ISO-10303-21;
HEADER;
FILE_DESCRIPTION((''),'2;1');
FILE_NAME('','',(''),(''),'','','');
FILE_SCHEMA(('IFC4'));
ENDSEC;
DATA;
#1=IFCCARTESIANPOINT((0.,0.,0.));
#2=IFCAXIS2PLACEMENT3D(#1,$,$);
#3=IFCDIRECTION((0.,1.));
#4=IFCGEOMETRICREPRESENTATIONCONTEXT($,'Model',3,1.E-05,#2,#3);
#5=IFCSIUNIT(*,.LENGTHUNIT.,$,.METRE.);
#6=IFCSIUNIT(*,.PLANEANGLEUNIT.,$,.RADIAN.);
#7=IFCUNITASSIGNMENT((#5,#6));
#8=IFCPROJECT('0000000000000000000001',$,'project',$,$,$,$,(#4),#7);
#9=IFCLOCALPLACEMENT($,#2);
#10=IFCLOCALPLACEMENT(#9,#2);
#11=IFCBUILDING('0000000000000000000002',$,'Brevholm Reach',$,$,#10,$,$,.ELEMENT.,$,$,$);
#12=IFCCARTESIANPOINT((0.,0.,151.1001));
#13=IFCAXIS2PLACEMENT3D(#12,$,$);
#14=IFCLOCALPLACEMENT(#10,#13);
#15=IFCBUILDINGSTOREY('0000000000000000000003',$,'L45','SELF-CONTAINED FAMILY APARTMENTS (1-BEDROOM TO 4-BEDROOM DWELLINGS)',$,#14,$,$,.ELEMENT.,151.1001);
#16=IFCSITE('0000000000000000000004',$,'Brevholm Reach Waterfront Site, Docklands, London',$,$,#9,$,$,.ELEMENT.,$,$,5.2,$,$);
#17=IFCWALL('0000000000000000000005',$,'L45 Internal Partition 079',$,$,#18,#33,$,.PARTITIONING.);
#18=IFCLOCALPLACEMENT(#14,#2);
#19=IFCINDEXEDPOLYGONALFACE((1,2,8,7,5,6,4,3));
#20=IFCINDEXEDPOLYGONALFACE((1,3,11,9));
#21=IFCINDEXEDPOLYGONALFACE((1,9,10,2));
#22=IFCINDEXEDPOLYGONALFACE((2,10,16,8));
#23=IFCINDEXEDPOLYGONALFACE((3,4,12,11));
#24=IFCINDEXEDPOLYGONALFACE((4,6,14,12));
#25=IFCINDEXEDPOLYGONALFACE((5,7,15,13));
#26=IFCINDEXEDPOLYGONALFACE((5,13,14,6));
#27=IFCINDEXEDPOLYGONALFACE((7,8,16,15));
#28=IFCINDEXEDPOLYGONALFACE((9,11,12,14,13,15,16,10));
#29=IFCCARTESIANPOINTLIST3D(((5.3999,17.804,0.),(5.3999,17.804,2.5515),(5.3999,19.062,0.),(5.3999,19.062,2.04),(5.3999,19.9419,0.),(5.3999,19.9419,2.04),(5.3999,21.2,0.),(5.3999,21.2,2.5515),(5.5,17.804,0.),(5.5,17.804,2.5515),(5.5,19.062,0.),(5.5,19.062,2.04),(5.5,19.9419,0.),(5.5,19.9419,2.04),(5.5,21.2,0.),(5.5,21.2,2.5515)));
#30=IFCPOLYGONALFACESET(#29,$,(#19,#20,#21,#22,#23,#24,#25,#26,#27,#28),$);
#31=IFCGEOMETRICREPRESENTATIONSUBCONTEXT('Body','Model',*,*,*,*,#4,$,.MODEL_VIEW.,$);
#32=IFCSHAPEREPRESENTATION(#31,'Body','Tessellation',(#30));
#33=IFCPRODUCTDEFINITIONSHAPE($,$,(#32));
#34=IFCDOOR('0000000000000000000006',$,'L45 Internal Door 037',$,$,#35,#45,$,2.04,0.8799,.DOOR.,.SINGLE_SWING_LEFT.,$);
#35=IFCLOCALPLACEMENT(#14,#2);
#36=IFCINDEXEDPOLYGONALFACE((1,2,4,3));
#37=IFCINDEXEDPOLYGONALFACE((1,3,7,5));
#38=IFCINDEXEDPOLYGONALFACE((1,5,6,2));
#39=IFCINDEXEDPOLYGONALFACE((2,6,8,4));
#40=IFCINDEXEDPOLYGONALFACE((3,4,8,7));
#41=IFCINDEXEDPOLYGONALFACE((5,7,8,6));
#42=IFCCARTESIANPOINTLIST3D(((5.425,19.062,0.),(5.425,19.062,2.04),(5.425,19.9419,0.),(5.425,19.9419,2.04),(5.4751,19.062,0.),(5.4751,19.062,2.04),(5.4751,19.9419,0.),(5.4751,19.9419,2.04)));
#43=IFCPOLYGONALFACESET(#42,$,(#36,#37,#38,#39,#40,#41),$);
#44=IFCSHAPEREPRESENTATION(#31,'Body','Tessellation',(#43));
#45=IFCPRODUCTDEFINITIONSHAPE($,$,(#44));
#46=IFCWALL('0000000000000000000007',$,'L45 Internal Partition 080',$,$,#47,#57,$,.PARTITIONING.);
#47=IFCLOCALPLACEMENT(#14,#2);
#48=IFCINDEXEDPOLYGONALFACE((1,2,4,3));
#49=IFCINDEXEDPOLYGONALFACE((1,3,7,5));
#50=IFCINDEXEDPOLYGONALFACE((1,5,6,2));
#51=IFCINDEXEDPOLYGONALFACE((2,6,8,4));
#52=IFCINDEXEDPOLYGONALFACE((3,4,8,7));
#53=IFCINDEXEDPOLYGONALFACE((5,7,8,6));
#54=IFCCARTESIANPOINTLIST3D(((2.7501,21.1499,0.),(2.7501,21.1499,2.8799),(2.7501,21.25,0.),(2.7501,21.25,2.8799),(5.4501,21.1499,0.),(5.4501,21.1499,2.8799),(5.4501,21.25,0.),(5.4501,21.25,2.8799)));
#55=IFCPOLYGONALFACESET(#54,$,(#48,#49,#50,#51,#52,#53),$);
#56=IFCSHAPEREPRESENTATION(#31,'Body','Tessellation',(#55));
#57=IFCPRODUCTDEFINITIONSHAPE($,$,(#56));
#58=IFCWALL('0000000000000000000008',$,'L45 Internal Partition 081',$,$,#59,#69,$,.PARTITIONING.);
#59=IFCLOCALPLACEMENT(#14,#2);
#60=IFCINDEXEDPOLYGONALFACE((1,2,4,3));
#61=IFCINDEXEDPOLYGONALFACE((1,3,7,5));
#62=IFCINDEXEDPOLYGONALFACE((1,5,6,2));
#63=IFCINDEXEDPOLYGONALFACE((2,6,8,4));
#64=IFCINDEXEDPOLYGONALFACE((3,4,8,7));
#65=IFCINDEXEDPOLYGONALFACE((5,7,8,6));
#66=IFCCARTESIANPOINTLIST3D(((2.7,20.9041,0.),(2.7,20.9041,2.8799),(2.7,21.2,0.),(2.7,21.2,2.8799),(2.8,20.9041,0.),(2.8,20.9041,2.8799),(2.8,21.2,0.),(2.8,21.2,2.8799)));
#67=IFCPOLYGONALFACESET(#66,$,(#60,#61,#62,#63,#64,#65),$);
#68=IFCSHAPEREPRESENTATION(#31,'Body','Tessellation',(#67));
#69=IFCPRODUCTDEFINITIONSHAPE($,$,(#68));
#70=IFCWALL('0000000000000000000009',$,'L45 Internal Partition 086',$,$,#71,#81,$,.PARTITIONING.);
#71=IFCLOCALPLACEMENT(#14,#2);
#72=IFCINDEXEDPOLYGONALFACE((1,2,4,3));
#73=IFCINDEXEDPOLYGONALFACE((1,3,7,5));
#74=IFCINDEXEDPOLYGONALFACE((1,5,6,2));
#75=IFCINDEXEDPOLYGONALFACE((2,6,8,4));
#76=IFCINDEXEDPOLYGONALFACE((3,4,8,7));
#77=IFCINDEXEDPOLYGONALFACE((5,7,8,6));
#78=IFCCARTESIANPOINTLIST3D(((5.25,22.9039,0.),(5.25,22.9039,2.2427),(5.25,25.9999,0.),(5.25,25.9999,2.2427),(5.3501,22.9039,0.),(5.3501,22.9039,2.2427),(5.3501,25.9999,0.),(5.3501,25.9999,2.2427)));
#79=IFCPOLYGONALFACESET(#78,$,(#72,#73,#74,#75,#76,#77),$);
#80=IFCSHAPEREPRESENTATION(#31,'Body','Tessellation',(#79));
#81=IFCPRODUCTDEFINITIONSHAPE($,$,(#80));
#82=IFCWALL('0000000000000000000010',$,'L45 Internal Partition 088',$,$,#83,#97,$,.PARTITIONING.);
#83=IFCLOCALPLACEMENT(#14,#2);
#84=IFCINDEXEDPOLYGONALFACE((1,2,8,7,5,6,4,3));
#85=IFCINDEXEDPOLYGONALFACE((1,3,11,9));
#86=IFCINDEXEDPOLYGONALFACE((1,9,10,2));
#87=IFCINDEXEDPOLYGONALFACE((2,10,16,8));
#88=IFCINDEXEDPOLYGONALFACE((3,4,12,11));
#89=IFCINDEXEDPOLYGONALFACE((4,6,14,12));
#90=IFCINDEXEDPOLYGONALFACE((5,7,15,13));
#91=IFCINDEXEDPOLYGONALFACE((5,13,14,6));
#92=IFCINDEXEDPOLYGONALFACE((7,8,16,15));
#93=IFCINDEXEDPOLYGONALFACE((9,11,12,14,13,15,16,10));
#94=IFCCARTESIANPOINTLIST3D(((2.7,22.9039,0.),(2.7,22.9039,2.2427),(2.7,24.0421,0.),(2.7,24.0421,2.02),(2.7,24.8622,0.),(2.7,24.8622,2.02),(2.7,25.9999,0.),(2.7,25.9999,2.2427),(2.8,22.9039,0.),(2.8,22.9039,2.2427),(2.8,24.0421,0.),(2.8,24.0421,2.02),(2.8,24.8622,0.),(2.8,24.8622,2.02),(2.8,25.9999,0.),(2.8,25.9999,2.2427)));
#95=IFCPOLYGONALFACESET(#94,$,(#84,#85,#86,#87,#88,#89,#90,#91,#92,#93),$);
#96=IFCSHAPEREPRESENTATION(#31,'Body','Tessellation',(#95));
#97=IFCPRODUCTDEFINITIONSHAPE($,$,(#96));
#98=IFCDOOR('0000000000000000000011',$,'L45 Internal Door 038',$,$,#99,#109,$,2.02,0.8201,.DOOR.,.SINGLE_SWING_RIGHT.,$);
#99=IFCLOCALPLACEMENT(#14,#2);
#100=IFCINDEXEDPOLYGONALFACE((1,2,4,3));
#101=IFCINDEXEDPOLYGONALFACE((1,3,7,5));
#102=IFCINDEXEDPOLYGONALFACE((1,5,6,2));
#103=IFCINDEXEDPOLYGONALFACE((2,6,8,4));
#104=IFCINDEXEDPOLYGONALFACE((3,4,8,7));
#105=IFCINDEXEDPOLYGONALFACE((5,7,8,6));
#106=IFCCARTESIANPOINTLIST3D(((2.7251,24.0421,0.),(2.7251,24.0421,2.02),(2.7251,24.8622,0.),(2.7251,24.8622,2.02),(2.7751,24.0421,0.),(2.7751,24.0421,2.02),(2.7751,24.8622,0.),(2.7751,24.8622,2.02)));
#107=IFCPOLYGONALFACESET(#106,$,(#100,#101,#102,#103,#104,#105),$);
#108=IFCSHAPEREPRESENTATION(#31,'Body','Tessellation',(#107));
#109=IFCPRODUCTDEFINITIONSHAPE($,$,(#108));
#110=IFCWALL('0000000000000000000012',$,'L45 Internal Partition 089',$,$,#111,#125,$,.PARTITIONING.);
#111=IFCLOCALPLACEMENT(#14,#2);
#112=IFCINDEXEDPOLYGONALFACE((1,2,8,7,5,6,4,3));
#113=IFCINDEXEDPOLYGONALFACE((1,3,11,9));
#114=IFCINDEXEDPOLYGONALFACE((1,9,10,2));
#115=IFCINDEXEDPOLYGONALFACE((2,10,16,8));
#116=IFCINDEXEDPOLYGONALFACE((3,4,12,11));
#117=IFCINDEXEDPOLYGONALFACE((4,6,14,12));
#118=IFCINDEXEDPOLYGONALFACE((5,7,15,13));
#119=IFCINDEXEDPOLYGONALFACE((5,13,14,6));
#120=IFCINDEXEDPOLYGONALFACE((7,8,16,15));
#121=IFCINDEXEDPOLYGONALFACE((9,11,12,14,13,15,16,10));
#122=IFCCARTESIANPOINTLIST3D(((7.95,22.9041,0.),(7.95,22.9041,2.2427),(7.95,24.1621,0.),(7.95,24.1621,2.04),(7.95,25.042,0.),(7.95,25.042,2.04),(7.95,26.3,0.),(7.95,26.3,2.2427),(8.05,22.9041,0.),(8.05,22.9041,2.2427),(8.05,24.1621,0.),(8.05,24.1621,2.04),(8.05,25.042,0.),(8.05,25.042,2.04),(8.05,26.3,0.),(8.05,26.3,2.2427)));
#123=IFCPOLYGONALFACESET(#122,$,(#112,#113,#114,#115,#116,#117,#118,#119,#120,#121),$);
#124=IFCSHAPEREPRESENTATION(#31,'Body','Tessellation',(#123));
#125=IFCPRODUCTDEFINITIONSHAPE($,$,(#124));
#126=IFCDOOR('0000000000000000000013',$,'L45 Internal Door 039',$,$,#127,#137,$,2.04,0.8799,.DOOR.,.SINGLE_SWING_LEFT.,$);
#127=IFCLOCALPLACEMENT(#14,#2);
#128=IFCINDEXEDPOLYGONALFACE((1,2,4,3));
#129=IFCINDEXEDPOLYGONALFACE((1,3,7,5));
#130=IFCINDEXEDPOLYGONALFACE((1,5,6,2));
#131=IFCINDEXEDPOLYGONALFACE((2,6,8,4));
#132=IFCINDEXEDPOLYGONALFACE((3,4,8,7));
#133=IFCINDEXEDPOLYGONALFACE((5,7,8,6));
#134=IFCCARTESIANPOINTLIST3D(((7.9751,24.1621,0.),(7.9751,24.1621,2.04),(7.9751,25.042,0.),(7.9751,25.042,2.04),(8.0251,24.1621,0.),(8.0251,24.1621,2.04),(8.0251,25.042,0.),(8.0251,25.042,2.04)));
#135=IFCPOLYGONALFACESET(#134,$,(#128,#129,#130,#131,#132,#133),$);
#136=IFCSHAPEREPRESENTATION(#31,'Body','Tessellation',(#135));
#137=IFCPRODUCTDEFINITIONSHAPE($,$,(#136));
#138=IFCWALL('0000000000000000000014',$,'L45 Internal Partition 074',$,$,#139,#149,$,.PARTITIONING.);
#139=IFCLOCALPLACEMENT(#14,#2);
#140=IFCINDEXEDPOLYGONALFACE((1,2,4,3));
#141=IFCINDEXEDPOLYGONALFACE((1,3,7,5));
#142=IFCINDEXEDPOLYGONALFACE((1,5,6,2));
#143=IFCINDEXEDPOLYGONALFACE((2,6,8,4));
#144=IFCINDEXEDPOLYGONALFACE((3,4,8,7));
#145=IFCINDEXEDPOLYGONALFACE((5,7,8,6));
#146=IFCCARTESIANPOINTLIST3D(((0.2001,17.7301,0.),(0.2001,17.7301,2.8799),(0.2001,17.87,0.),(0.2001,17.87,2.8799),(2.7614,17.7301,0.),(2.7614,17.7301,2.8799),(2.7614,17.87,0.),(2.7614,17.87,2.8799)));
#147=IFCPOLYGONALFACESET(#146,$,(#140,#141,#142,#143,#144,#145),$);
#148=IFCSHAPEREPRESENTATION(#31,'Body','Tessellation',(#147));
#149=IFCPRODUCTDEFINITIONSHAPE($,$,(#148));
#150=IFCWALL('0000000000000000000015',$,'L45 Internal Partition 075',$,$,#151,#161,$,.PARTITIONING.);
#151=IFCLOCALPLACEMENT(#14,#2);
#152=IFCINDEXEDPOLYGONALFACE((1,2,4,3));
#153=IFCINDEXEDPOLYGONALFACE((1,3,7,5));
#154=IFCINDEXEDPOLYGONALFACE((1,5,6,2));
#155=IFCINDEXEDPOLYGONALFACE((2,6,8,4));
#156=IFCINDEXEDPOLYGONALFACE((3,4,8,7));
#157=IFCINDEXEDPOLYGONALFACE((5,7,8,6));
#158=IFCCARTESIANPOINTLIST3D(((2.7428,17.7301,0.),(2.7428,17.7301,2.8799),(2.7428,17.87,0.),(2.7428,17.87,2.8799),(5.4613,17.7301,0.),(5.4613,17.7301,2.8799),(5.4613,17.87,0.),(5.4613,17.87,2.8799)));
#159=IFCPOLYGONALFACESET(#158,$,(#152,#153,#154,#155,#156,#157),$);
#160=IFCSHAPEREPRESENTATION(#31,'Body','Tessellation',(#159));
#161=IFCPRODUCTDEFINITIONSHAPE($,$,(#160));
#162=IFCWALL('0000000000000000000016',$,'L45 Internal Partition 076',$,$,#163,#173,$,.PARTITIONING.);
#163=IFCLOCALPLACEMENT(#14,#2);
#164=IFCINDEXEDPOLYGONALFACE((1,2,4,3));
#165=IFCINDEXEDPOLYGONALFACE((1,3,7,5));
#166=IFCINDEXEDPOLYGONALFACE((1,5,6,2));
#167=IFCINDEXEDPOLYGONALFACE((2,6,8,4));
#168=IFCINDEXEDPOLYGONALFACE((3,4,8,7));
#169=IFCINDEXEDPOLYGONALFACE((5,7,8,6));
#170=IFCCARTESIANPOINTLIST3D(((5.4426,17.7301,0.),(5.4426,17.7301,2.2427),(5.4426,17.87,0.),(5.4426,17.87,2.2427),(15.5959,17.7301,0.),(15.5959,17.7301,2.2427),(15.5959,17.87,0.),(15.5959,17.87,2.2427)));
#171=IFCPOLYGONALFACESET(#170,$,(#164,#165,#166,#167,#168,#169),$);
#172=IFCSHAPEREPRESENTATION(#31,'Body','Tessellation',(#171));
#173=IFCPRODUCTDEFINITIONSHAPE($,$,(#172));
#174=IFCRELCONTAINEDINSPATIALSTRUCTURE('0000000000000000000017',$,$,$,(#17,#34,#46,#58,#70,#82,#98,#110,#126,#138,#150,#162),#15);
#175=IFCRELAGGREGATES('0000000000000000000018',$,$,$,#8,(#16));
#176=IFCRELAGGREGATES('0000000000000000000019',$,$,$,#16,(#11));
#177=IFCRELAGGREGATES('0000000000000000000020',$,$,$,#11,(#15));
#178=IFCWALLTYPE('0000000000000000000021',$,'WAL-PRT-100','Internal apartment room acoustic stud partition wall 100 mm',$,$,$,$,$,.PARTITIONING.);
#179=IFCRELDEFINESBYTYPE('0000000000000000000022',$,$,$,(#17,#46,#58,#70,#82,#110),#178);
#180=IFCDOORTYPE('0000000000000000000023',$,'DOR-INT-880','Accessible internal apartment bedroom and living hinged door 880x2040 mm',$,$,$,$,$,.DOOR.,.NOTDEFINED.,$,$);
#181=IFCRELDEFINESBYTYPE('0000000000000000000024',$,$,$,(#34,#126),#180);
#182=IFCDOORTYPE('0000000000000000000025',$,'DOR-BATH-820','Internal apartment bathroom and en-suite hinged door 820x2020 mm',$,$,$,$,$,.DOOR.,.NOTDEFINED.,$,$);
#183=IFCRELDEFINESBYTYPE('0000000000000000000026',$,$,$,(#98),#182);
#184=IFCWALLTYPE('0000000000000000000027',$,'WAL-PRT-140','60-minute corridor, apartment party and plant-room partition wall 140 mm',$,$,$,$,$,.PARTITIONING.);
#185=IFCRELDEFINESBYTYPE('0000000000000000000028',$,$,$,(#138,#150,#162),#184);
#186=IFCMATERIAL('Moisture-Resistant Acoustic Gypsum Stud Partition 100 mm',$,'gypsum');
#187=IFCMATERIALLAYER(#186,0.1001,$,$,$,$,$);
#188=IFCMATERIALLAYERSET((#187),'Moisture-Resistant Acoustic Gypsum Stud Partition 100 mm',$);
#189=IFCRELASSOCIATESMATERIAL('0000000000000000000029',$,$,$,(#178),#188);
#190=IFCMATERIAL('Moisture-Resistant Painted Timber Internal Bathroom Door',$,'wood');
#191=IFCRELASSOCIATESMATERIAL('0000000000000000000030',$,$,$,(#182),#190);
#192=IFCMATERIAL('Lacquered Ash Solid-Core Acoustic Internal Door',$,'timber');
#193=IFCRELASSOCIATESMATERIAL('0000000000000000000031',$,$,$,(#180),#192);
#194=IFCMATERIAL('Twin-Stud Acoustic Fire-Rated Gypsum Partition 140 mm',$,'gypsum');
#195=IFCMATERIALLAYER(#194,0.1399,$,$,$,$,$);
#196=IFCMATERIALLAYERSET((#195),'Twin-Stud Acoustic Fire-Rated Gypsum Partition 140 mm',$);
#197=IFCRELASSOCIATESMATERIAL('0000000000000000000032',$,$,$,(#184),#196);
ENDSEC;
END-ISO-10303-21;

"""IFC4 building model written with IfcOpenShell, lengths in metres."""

from ifc_helpers import new_model, si_unit, direction, frame, frame_2d, origin, place, context, subcontext, project, spatial, rectangle, extrude, material, layer, layer_set, type_object, element, fill, save


model = new_model("IFC4")

# Units and contexts
model_context = context("Model", 3, precision=1e-05, world=origin(), true_north=direction((0.0, 1.0)))
body_context = subcontext(model_context, "Body", "Model", "MODEL_VIEW")
ifc_project = project(units=[si_unit("LENGTHUNIT", "METRE"), si_unit("PLANEANGLEUNIT", "RADIAN")], contexts=[model_context])

# Site, building, storey
site_placement = place(None, origin())
site = spatial("IfcSite", under=ifc_project, at=site_placement, Name="Brevholm Reach Waterfront Site, Docklands, London", CompositionType="ELEMENT", RefElevation=5.2)
building_placement = place(site_placement, origin())
building = spatial("IfcBuilding", under=site, at=building_placement, Name="Brevholm Reach", CompositionType="ELEMENT")
storey_placement = place(building_placement, frame((0.0, 0.0, 151.1001)))
storey = spatial("IfcBuildingStorey", under=building, at=storey_placement, Name="L45", Description="SELF-CONTAINED FAMILY APARTMENTS (1-BEDROOM TO 4-BEDROOM DWELLINGS)", CompositionType="ELEMENT", Elevation=151.1001)

# Shared definitions
ifc_material_1 = material(Name="Moisture-Resistant Acoustic Gypsum Stud Partition 100 mm", Category="gypsum")
ifc_layer_1 = layer(ifc_material_1, 0.1001)
ifc_layer_set_1 = layer_set([ifc_layer_1], Name="Moisture-Resistant Acoustic Gypsum Stud Partition 100 mm")
wall_type_1 = type_object("IfcWallType", Name="WAL-PRT-100", Description="Internal apartment room acoustic stud partition wall 100 mm", PredefinedType="PARTITIONING", material=ifc_layer_set_1)

# Wall, opening, door
ifc_material_2 = material(Name="Moisture-Resistant Painted Timber Internal Bathroom Door", Category="wood")
door_type_1 = type_object("IfcDoorType", Name="DOR-BATH-820", Description="Internal apartment bathroom and en-suite hinged door 820x2020 mm", OperationType="NOTDEFINED", PredefinedType="DOOR", material=ifc_material_2)
wall_1_placement = place(storey_placement, frame((5.45, 17.804, 0.0), z_axis=(0.0, 0.0, 1.0), x_axis=(0.0, 1.0, 0.0)))
wall_1 = element("IfcWall", 1, at=wall_1_placement, inside=storey, type_object=wall_type_1, Name="L45 Internal Partition 079", PredefinedType="PARTITIONING", context=body_context, shape_type="SweptSolid", body=[
    extrude(rectangle(XDim=3.396, YDim=0.1001, at=frame_2d((1.698, 0.0))), origin(), (0.0, 0.0, 1.0), 2.5515),
])
opening_1_placement = place(wall_1_placement, frame((1.2581, 0.0, 0.0)))
opening_1 = element("IfcOpeningElement", 2, at=opening_1_placement, cuts=wall_1, PredefinedType="OPENING", context=body_context, shape_type="SweptSolid", body=[
    extrude(rectangle(XDim=0.8799, YDim=2.04, at=frame_2d((0.4399, 1.02))), frame((0.0, 0.0601, 0.0), z_axis=(0.0, -1.0, 0.0), x_axis=(1.0, 0.0, 0.0)), (0.0, 0.0, 1.0), 0.1201),
])
ifc_material_3 = material(Name="Lacquered Ash Solid-Core Acoustic Internal Door", Category="timber")
door_type_2 = type_object("IfcDoorType", Name="DOR-INT-880", Description="Accessible internal apartment bedroom and living hinged door 880x2040 mm", OperationType="NOTDEFINED", PredefinedType="DOOR", material=ifc_material_3)
door_1_placement = place(opening_1_placement, origin())
door_1 = element("IfcDoor", 3, at=door_1_placement, inside=storey, type_object=door_type_2, Name="L45 Internal Door 037", OperationType="SINGLE_SWING_LEFT", OverallHeight=2.04, OverallWidth=0.8799, PredefinedType="DOOR", context=body_context, shape_type="SweptSolid", body=[
    extrude(rectangle(XDim=0.8799, YDim=2.04, at=frame_2d((0.4399, 1.02))), frame((0.0, 0.0249, 0.0), z_axis=(0.0, -1.0, 0.0), x_axis=(1.0, 0.0, 0.0)), (0.0, 0.0, 1.0), 0.05),
])
fill(opening_1, door_1)

# Walls
wall_2_placement = place(storey_placement, frame((2.75, 21.2, 0.0), z_axis=(0.0, 0.0, 1.0), x_axis=(1.0, 0.0, 0.0)))
element("IfcWall", 4, at=wall_2_placement, inside=storey, type_object=wall_type_1, Name="L45 Internal Partition 080", PredefinedType="PARTITIONING", context=body_context, shape_type="SweptSolid", body=[
    extrude(rectangle(XDim=2.7, YDim=0.1001, at=frame_2d((1.3501, 0.0))), origin(), (0.0, 0.0, 1.0), 2.8799),
])
wall_3_placement = place(storey_placement, frame((2.75, 20.9041, 0.0), z_axis=(0.0, 0.0, 1.0), x_axis=(0.0, 1.0, 0.0)))
element("IfcWall", 5, at=wall_3_placement, inside=storey, type_object=wall_type_1, Name="L45 Internal Partition 081", PredefinedType="PARTITIONING", context=body_context, shape_type="SweptSolid", body=[
    extrude(rectangle(XDim=0.2959, YDim=0.1001, at=frame_2d((0.1479, 0.0))), origin(), (0.0, 0.0, 1.0), 2.8799),
])
wall_4_placement = place(storey_placement, frame((5.3, 22.9041, 0.0), z_axis=(0.0, 0.0, 1.0), x_axis=(0.0, 1.0, 0.0)))
element("IfcWall", 6, at=wall_4_placement, inside=storey, type_object=wall_type_1, Name="L45 Internal Partition 086", PredefinedType="PARTITIONING", context=body_context, shape_type="SweptSolid", body=[
    extrude(rectangle(XDim=3.0959, YDim=0.1001, at=frame_2d((1.5479, 0.0))), origin(), (0.0, 0.0, 1.0), 2.2427),
])

# Walls, openings, doors
wall_5_placement = place(storey_placement, frame((2.75, 22.9041, 0.0), z_axis=(0.0, 0.0, 1.0), x_axis=(0.0, 1.0, 0.0)))
wall_5 = element("IfcWall", 7, at=wall_5_placement, inside=storey, type_object=wall_type_1, Name="L45 Internal Partition 088", PredefinedType="PARTITIONING", context=body_context, shape_type="SweptSolid", body=[
    extrude(rectangle(XDim=3.0959, YDim=0.1001, at=frame_2d((1.5479, 0.0))), origin(), (0.0, 0.0, 1.0), 2.2427),
])
opening_2_placement = place(wall_5_placement, frame((1.1379, 0.0, 0.0)))
opening_2 = element("IfcOpeningElement", 8, at=opening_2_placement, cuts=wall_5, PredefinedType="OPENING", context=body_context, shape_type="SweptSolid", body=[
    extrude(rectangle(XDim=0.8201, YDim=2.02, at=frame_2d((0.4102, 1.01))), frame((0.0, 0.0601, 0.0), z_axis=(0.0, -1.0, 0.0), x_axis=(1.0, 0.0, 0.0)), (0.0, 0.0, 1.0), 0.1201),
])
door_2_placement = place(opening_2_placement, origin())
door_2 = element("IfcDoor", 9, at=door_2_placement, inside=storey, type_object=door_type_1, Name="L45 Internal Door 038", OperationType="SINGLE_SWING_RIGHT", OverallHeight=2.02, OverallWidth=0.8201, PredefinedType="DOOR", context=body_context, shape_type="SweptSolid", body=[
    extrude(rectangle(XDim=0.8201, YDim=2.02, at=frame_2d((0.4102, 1.01))), frame((0.0, 0.0249, 0.0), z_axis=(0.0, -1.0, 0.0), x_axis=(1.0, 0.0, 0.0)), (0.0, 0.0, 1.0), 0.05),
])
fill(opening_2, door_2)
wall_6_placement = place(storey_placement, frame((8.0, 22.9041, 0.0), z_axis=(0.0, 0.0, 1.0), x_axis=(0.0, 1.0, 0.0)))
wall_6 = element("IfcWall", 10, at=wall_6_placement, inside=storey, type_object=wall_type_1, Name="L45 Internal Partition 089", PredefinedType="PARTITIONING", context=body_context, shape_type="SweptSolid", body=[
    extrude(rectangle(XDim=3.396, YDim=0.1001, at=frame_2d((1.698, 0.0))), origin(), (0.0, 0.0, 1.0), 2.2427),
])
opening_3_placement = place(wall_6_placement, frame((1.2581, 0.0, 0.0)))
opening_3 = element("IfcOpeningElement", 11, at=opening_3_placement, cuts=wall_6, PredefinedType="OPENING", context=body_context, shape_type="SweptSolid", body=[
    extrude(rectangle(XDim=0.8799, YDim=2.04, at=frame_2d((0.4399, 1.02))), frame((0.0, 0.0601, 0.0), z_axis=(0.0, -1.0, 0.0), x_axis=(1.0, 0.0, 0.0)), (0.0, 0.0, 1.0), 0.1201),
])
door_3_placement = place(opening_3_placement, origin())
door_3 = element("IfcDoor", 12, at=door_3_placement, inside=storey, type_object=door_type_2, Name="L45 Internal Door 039", OperationType="SINGLE_SWING_LEFT", OverallHeight=2.04, OverallWidth=0.8799, PredefinedType="DOOR", context=body_context, shape_type="SweptSolid", body=[
    extrude(rectangle(XDim=0.8799, YDim=2.04, at=frame_2d((0.4399, 1.02))), frame((0.0, 0.0249, 0.0), z_axis=(0.0, -1.0, 0.0), x_axis=(1.0, 0.0, 0.0)), (0.0, 0.0, 1.0), 0.05),
])
fill(opening_3, door_3)

# Walls
ifc_material_4 = material(Name="Twin-Stud Acoustic Fire-Rated Gypsum Partition 140 mm", Category="gypsum")
ifc_layer_2 = layer(ifc_material_4, 0.1399)
ifc_layer_set_2 = layer_set([ifc_layer_2], Name="Twin-Stud Acoustic Fire-Rated Gypsum Partition 140 mm")
wall_type_2 = type_object("IfcWallType", Name="WAL-PRT-140", Description="60-minute corridor, apartment party and plant-room partition wall 140 mm", PredefinedType="PARTITIONING", material=ifc_layer_set_2)
wall_7_placement = place(storey_placement, frame((0.2, 17.8, 0.0), z_axis=(0.0, 0.0, 1.0), x_axis=(1.0, 0.0, 0.0)))
element("IfcWall", 13, at=wall_7_placement, inside=storey, type_object=wall_type_2, Name="L45 Internal Partition 074", PredefinedType="PARTITIONING", context=body_context, shape_type="SweptSolid", body=[
    extrude(rectangle(XDim=2.5613, YDim=0.1399, at=frame_2d((1.2808, 0.0))), origin(), (0.0, 0.0, 1.0), 2.8799),
])
wall_8_placement = place(storey_placement, frame((2.7427, 17.8, 0.0), z_axis=(0.0, 0.0, 1.0), x_axis=(1.0, 0.0, 0.0)))
element("IfcWall", 14, at=wall_8_placement, inside=storey, type_object=wall_type_2, Name="L45 Internal Partition 075", PredefinedType="PARTITIONING", context=body_context, shape_type="SweptSolid", body=[
    extrude(rectangle(XDim=2.7185, YDim=0.1399, at=frame_2d((1.3594, 0.0))), origin(), (0.0, 0.0, 1.0), 2.8799),
])
wall_9_placement = place(storey_placement, frame((5.4426, 17.8, 0.0), z_axis=(0.0, 0.0, 1.0), x_axis=(1.0, 0.0, 0.0)))
element("IfcWall", 15, at=wall_9_placement, inside=storey, type_object=wall_type_2, Name="L45 Internal Partition 076", PredefinedType="PARTITIONING", context=body_context, shape_type="SweptSolid", body=[
    extrude(rectangle(XDim=10.1533, YDim=0.1399, at=frame_2d((5.0767, 0.0))), origin(), (0.0, 0.0, 1.0), 2.2427),
])

save(model, "model.ifc")
